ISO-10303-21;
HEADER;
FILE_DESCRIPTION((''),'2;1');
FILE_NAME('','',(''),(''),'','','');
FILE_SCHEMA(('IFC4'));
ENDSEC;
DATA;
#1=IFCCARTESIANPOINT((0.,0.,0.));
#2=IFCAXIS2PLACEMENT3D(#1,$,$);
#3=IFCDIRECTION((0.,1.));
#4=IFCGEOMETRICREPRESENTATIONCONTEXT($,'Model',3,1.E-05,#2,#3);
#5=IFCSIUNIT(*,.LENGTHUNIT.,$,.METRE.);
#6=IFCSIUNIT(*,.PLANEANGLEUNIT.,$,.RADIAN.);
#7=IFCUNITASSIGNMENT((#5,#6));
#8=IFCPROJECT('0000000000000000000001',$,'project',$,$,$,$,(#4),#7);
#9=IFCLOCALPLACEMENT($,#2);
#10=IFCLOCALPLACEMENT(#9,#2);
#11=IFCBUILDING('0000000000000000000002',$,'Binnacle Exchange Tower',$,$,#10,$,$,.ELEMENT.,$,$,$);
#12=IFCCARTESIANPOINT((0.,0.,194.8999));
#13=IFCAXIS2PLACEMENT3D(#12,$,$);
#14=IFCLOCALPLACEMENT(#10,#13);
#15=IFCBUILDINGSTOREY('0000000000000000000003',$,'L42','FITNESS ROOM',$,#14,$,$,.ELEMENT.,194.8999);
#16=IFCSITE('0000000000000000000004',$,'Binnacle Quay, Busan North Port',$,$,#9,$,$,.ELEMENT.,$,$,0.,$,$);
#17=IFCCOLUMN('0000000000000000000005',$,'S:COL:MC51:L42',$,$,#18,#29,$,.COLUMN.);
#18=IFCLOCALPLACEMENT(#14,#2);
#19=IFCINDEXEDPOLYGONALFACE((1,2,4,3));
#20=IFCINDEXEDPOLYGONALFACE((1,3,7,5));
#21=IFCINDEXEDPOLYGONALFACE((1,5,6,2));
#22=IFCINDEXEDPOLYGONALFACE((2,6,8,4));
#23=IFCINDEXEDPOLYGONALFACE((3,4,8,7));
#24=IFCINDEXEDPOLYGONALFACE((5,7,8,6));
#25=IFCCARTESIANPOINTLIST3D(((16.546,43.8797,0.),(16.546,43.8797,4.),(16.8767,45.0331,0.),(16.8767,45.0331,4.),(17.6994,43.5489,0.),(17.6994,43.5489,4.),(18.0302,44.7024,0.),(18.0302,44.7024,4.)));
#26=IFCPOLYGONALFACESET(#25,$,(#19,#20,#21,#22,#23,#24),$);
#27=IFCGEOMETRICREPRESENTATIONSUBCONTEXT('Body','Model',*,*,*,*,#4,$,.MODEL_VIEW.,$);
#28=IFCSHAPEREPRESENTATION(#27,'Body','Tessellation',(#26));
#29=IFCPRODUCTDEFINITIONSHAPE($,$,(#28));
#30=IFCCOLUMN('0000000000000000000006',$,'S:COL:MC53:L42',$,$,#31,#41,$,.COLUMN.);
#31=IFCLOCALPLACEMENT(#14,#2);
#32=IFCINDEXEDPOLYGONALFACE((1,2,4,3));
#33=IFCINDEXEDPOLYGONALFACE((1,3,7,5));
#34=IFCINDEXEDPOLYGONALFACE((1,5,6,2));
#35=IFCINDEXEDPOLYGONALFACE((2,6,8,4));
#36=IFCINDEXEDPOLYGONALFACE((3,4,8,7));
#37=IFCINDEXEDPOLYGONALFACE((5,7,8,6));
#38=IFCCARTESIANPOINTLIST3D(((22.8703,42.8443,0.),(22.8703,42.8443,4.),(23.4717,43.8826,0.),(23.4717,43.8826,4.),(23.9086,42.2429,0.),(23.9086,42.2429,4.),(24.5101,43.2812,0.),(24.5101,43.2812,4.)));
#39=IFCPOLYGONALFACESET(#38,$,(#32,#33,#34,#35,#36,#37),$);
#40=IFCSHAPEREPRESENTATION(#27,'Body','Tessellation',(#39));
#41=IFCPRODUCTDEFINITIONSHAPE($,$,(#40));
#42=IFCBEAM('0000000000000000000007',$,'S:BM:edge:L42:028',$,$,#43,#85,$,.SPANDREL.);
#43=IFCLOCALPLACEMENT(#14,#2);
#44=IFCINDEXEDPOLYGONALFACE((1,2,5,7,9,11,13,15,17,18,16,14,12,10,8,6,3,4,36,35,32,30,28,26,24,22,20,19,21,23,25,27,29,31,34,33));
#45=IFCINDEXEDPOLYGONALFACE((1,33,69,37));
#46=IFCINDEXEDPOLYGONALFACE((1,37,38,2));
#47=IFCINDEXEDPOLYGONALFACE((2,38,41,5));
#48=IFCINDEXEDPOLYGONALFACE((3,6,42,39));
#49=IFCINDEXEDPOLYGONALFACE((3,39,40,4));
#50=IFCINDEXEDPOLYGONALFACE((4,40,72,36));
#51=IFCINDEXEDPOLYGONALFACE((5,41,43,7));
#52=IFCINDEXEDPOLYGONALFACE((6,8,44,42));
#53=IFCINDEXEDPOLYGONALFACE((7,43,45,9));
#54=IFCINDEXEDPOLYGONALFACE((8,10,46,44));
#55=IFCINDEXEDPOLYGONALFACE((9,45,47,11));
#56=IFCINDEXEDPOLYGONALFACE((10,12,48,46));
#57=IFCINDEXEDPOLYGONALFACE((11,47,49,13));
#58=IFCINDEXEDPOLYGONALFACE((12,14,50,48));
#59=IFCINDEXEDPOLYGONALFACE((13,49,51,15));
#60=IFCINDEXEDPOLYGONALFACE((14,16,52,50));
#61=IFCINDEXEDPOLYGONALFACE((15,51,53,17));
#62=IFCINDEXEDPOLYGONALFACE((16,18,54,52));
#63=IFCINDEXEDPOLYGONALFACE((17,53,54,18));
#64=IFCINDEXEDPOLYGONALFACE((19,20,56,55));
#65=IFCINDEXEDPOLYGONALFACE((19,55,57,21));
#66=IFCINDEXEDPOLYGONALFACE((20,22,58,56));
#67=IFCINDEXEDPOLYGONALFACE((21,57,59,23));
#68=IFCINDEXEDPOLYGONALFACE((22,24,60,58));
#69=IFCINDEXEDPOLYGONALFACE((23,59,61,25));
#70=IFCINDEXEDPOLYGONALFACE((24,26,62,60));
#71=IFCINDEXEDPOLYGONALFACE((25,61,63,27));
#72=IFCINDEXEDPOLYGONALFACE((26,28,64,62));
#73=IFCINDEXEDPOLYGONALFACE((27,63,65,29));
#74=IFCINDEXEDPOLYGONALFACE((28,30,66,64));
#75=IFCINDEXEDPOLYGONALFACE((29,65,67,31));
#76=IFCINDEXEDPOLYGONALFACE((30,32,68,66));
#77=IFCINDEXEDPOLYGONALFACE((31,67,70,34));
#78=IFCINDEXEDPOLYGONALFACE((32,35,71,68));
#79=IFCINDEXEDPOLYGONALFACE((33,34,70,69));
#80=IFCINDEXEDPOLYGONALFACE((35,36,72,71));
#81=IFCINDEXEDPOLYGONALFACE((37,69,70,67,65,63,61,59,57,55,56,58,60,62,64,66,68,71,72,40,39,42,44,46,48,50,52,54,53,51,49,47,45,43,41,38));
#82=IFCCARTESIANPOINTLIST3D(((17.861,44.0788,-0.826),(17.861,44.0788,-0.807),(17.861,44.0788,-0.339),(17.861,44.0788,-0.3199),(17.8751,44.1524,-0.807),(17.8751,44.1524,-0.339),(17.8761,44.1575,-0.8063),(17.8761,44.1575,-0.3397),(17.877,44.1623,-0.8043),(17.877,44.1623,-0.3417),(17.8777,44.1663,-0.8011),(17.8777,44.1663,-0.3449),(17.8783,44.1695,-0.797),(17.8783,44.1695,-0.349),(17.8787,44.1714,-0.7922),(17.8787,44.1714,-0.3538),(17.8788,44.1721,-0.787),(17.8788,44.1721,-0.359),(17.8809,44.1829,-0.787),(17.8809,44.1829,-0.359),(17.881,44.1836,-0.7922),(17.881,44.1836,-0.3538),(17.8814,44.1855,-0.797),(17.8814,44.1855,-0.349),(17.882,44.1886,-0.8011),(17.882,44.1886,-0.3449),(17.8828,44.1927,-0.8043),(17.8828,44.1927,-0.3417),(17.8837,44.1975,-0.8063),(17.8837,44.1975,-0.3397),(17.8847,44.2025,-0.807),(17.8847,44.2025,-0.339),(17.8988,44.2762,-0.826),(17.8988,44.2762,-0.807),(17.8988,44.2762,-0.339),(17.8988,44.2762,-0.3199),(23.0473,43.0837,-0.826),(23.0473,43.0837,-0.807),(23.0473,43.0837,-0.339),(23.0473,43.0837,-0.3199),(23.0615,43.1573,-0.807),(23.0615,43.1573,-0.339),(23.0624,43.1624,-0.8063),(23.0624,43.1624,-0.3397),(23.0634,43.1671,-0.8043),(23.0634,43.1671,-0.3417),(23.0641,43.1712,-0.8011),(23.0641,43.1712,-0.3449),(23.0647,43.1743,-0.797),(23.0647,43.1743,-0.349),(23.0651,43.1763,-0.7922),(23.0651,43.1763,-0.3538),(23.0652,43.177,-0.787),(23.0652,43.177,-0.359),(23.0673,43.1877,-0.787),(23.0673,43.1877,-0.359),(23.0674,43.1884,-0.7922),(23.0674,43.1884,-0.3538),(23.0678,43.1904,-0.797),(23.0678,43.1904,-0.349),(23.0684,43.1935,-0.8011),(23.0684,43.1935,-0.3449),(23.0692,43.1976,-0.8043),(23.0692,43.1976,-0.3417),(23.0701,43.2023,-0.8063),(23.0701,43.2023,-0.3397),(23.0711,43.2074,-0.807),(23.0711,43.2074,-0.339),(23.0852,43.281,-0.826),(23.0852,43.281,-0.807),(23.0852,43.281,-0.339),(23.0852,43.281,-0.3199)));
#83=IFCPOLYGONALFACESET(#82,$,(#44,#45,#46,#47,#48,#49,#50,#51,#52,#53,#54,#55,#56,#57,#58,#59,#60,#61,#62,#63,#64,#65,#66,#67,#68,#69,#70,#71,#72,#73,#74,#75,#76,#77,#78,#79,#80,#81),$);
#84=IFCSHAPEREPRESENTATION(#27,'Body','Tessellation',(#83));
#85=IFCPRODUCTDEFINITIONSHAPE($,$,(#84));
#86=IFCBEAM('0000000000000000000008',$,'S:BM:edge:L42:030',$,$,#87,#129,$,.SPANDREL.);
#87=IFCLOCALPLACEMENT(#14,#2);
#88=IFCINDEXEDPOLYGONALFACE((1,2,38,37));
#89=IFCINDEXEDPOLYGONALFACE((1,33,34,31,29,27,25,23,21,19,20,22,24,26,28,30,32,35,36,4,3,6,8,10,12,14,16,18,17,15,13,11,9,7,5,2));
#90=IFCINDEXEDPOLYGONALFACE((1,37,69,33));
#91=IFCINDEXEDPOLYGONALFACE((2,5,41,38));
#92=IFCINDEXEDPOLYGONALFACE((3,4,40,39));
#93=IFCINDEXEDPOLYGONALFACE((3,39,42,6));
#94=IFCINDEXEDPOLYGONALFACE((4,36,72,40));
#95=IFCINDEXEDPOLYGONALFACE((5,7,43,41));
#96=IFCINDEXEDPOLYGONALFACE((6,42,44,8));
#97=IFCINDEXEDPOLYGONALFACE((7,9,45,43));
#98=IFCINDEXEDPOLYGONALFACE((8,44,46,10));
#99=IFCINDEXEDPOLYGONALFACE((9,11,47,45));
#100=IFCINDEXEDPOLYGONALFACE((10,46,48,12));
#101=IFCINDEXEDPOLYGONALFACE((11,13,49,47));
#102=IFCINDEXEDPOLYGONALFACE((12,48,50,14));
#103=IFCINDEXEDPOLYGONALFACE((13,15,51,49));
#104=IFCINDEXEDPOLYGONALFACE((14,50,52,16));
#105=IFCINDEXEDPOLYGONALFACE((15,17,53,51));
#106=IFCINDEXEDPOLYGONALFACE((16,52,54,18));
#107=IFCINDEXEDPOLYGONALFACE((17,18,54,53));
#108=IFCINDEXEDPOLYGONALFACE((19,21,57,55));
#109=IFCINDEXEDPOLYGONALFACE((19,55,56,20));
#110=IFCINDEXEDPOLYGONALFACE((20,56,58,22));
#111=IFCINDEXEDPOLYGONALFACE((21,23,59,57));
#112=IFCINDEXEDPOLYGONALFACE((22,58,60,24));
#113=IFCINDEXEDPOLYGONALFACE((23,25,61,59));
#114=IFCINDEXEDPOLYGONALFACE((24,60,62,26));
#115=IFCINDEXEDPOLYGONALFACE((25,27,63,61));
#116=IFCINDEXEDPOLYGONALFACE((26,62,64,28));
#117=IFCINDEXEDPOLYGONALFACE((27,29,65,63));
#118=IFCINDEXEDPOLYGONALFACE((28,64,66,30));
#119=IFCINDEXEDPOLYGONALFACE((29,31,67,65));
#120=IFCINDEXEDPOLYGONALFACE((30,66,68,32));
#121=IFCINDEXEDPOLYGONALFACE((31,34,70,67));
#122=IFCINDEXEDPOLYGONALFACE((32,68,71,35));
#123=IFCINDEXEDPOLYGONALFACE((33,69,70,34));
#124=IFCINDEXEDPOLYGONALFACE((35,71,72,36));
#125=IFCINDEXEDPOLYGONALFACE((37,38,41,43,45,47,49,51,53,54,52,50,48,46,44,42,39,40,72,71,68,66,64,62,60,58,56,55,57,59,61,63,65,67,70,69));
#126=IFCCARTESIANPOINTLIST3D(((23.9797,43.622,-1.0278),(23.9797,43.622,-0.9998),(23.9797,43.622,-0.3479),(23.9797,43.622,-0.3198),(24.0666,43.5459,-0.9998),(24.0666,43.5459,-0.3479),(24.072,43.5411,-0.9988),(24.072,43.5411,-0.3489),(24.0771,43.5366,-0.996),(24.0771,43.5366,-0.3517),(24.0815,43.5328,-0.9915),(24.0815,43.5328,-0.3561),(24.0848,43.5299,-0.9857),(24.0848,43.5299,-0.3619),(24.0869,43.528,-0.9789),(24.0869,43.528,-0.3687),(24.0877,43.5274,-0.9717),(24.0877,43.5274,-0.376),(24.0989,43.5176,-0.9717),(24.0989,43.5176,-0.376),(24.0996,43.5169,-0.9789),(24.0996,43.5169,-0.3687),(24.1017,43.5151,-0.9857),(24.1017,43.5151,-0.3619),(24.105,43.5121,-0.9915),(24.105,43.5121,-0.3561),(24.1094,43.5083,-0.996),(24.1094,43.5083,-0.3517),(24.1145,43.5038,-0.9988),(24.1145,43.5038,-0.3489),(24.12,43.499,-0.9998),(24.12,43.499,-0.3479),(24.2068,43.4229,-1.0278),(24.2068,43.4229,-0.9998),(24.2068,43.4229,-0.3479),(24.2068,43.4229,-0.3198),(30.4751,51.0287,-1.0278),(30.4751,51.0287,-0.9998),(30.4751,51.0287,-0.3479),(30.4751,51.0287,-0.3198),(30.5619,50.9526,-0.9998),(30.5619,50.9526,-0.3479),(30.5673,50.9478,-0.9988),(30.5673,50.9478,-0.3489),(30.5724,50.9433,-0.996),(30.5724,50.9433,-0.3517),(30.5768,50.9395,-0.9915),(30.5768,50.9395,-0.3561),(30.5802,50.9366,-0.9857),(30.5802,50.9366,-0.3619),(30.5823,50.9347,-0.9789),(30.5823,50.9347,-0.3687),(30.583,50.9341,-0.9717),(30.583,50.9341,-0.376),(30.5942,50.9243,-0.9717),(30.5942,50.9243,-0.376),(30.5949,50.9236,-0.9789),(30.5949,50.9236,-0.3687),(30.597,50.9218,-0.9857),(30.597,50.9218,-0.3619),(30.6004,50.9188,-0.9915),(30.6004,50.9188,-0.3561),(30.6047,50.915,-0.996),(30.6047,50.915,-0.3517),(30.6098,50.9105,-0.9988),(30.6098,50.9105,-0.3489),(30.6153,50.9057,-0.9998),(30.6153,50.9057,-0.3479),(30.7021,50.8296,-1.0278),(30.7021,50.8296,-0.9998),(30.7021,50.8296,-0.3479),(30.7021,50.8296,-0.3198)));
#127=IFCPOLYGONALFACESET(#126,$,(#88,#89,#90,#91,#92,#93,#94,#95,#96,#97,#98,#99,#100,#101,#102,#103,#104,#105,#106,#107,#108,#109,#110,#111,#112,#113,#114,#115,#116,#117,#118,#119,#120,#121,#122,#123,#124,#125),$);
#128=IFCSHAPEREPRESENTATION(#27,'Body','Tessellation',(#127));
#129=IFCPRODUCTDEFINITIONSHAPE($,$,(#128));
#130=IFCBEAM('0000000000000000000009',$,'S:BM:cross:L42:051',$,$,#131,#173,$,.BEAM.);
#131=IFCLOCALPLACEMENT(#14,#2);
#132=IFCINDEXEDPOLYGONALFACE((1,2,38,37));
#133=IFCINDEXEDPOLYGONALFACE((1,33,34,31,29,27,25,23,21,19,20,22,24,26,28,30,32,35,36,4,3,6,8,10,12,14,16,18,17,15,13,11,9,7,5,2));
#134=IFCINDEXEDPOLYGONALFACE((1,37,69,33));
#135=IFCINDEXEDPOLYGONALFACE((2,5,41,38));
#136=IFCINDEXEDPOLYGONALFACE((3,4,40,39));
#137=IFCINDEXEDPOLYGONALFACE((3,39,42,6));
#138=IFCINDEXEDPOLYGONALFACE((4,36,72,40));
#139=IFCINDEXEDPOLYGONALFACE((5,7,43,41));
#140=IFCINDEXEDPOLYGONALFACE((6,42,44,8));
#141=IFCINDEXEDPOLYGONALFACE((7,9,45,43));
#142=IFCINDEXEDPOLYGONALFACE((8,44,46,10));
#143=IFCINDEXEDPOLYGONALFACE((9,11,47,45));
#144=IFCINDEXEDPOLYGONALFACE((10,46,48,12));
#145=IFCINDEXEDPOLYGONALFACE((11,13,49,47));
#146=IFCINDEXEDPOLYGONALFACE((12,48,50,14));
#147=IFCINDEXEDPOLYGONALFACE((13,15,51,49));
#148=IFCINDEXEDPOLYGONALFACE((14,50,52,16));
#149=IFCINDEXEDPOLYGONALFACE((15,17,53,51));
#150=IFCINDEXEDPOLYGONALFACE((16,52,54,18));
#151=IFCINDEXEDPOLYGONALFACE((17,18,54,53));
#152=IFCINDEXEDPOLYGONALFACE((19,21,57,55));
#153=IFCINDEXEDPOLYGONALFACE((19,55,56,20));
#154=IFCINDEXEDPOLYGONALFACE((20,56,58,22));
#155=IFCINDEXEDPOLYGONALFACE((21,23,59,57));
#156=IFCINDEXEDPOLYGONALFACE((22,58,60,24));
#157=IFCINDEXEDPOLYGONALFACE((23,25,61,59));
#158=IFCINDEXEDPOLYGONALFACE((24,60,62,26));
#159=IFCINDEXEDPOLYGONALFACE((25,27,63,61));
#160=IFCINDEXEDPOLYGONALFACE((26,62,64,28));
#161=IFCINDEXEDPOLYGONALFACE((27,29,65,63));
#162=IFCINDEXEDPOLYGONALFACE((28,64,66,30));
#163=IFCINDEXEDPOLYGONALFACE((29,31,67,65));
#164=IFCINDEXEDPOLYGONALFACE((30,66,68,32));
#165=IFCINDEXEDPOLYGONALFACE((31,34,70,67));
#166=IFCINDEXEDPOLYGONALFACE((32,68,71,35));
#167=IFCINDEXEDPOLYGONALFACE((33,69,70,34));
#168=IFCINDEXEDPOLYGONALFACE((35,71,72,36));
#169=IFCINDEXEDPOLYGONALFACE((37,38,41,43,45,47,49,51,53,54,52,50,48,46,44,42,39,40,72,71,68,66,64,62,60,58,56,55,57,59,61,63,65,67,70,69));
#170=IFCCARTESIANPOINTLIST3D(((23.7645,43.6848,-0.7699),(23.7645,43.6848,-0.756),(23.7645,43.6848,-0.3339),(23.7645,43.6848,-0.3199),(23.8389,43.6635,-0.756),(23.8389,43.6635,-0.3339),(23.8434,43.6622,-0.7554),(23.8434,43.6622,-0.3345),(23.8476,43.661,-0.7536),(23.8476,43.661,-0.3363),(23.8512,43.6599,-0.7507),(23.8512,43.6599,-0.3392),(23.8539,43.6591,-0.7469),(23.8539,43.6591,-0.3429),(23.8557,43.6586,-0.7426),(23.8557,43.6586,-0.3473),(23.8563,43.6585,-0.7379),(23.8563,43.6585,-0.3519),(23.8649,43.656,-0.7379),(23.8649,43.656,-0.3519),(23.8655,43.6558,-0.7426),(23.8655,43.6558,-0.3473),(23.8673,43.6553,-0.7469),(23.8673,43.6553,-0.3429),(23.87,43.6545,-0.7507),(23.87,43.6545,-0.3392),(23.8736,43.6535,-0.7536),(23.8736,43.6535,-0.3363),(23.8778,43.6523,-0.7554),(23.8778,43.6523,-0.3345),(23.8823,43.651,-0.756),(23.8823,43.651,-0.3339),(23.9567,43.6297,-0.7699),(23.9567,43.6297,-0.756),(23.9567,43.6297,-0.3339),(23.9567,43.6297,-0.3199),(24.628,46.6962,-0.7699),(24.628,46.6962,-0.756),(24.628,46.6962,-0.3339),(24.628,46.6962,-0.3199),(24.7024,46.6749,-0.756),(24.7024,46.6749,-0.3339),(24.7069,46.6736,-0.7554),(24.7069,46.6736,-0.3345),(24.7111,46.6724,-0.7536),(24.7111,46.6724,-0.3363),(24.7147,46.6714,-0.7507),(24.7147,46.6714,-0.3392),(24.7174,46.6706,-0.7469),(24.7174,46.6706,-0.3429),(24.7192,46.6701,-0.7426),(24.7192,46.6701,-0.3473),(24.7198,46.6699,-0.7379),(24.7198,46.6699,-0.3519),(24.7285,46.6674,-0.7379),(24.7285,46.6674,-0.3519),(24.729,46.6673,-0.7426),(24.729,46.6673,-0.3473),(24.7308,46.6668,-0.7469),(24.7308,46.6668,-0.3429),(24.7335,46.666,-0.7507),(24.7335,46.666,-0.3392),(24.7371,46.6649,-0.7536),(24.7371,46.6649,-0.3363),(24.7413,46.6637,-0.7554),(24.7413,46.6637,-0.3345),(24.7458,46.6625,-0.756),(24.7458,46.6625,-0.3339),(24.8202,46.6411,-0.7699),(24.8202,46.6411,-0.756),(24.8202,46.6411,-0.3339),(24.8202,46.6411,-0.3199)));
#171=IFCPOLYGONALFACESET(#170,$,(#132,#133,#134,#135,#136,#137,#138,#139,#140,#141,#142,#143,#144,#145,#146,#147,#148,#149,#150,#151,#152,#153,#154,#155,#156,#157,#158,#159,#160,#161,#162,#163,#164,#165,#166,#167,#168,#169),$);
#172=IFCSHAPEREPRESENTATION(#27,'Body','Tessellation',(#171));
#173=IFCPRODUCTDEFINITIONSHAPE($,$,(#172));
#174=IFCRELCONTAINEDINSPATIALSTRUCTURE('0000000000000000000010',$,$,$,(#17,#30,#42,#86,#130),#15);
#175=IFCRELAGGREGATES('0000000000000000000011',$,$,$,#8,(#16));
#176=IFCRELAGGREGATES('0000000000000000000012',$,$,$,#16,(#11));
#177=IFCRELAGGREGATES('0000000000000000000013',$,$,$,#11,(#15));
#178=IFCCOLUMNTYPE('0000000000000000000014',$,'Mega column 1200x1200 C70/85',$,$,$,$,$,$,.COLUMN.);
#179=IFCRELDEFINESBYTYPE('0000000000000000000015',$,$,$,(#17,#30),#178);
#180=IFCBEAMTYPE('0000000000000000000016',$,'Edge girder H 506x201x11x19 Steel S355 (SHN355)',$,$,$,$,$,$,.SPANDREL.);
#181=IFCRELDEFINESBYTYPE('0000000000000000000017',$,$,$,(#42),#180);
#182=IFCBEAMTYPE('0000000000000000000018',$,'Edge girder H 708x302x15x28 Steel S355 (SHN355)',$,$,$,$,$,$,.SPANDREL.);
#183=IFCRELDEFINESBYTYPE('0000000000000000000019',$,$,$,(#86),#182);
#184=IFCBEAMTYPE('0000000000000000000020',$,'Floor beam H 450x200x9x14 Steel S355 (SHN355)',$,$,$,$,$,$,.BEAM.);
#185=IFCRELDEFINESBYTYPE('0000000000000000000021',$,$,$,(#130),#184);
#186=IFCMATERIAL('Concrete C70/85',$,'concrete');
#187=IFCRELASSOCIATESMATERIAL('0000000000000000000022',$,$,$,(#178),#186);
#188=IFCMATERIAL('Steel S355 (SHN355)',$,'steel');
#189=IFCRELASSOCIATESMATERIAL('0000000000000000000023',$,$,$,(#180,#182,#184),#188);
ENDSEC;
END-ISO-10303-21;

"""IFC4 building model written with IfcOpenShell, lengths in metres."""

from ifc_helpers import new_model, si_unit, direction, frame, origin, origin_2d, place, context, subcontext, project, spatial, rectangle, i_section, extrude, material, material_profile, profile_set, type_object, element, save


model = new_model("IFC4")

# Units and contexts
model_context = context("Model", 3, precision=1e-05, world=origin(), true_north=direction((0.0, 1.0)))
body_context = subcontext(model_context, "Body", "Model", "MODEL_VIEW")
ifc_project = project(units=[si_unit("LENGTHUNIT", "METRE"), si_unit("PLANEANGLEUNIT", "RADIAN")], contexts=[model_context])

# Site, building, storey
site_placement = place(None, origin())
site = spatial("IfcSite", under=ifc_project, at=site_placement, Name="Binnacle Quay, Busan North Port", CompositionType="ELEMENT", RefElevation=0.0)
building_placement = place(site_placement, origin())
building = spatial("IfcBuilding", under=site, at=building_placement, Name="Binnacle Exchange Tower", CompositionType="ELEMENT")
storey_placement = place(building_placement, frame((0.0, 0.0, 194.8999)))
storey = spatial("IfcBuildingStorey", under=building, at=storey_placement, Name="L42", Description="FITNESS ROOM", CompositionType="ELEMENT", Elevation=194.8999)

# Columns
ifc_material_1 = material(Name="Concrete C70/85", Category="concrete")
ifc_material_profile_1 = material_profile(ifc_material_1, rectangle(XDim=1.2, YDim=1.2, at=origin_2d()), Name="Mega column 1200x1200 C70/85")
ifc_profile_set_1 = profile_set([ifc_material_profile_1], Name="Concrete C70/85")
column_type = type_object("IfcColumnType", Name="Mega column 1200x1200 C70/85", PredefinedType="COLUMN", material=ifc_profile_set_1)
for number, where, z_axis, x_axis, name in (
    (1, (17.2881, 44.291, 0.0), (0.0, 0.0, 1.0), (0.961262, -0.275637, 0.0), "S:COL:MC51:L42"),
    (2, (23.6902, 43.0627, 0.0), (0.0, 0.0, 1.0), (-0.865326, 0.501209, 0.0), "S:COL:MC53:L42"),
):
    element("IfcColumn", number, at=place(storey_placement, frame(where, z_axis=z_axis, x_axis=x_axis)), inside=storey, type_object=column_type, Name=name, PredefinedType="COLUMN", context=body_context, shape_type="SweptSolid", body=[
        extrude(rectangle(XDim=1.2, YDim=1.2, at=origin_2d()), origin(), (0.0, 0.0, 1.0), 4.0),
    ])

# Beams
ifc_material_2 = material(Name="Steel S355 (SHN355)", Category="steel")
ifc_material_profile_2 = material_profile(ifc_material_2, i_section(OverallWidth=0.2009, OverallDepth=0.5061, WebThickness=0.011, FlangeThickness=0.019, FilletRadius=0.02, at=origin_2d()), Name="H 506x201x11x19")
ifc_profile_set_2 = profile_set([ifc_material_profile_2], Name="Steel S355 (SHN355)")
beam_type_1 = type_object("IfcBeamType", Name="Edge girder H 506x201x11x19 Steel S355 (SHN355)", PredefinedType="SPANDREL", material=ifc_profile_set_2)
beam_1_placement = place(storey_placement, frame((17.8799, 44.1775, -0.573), z_axis=(0.982085, -0.188438, 0.0), x_axis=(0.188438, 0.982085, 0.0)))
element("IfcBeam", 3, at=beam_1_placement, inside=storey, type_object=beam_type_1, Name="S:BM:edge:L42:028", PredefinedType="SPANDREL", context=body_context, shape_type="SweptSolid", body=[
    extrude(i_section(OverallWidth=0.2009, OverallDepth=0.5061, WebThickness=0.011, FlangeThickness=0.019, FilletRadius=0.02, at=origin_2d()), origin(), (0.0, 0.0, 1.0), 5.281),
])
ifc_material_profile_3 = material_profile(ifc_material_2, i_section(OverallWidth=0.302, OverallDepth=0.708, WebThickness=0.0149, FlangeThickness=0.0281, FilletRadius=0.0281, at=origin_2d()), Name="H 708x302x15x28")
ifc_profile_set_3 = profile_set([ifc_material_profile_3], Name="Steel S355 (SHN355)")
beam_type_2 = type_object("IfcBeamType", Name="Edge girder H 708x302x15x28 Steel S355 (SHN355)", PredefinedType="SPANDREL", material=ifc_profile_set_3)
beam_2_placement = place(storey_placement, frame((24.0933, 43.5225, -0.6738), z_axis=(0.659336, 0.751849, 0.0), x_axis=(-0.751849, 0.659336, 0.0)))
element("IfcBeam", 4, at=beam_2_placement, inside=storey, type_object=beam_type_2, Name="S:BM:edge:L42:030", PredefinedType="SPANDREL", context=body_context, shape_type="SweptSolid", body=[
    extrude(i_section(OverallWidth=0.302, OverallDepth=0.708, WebThickness=0.0149, FlangeThickness=0.0281, FilletRadius=0.0281, at=origin_2d()), origin(), (0.0, 0.0, 1.0), 9.8513),
])
ifc_material_profile_4 = material_profile(ifc_material_2, i_section(OverallWidth=0.2, OverallDepth=0.45, WebThickness=0.009, FlangeThickness=0.0139, FilletRadius=0.0181, at=origin_2d()), Name="H 450x200x9x14")
ifc_profile_set_4 = profile_set([ifc_material_profile_4], Name="Steel S355 (SHN355)")
beam_type_3 = type_object("IfcBeamType", Name="Floor beam H 450x200x9x14 Steel S355 (SHN355)", PredefinedType="BEAM", material=ifc_profile_set_4)
beam_3_placement = place(storey_placement, frame((23.8606, 43.6572, -0.5449), z_axis=(0.275637, 0.961262, 0.0), x_axis=(-0.961262, 0.275637, 0.0)))
element("IfcBeam", 5, at=beam_3_placement, inside=storey, type_object=beam_type_3, Name="S:BM:cross:L42:051", PredefinedType="BEAM", context=body_context, shape_type="SweptSolid", body=[
    extrude(i_section(OverallWidth=0.2, OverallDepth=0.45, WebThickness=0.009, FlangeThickness=0.0139, FilletRadius=0.0181, at=origin_2d()), origin(), (0.0, 0.0, 1.0), 3.1328),
])

save(model, "model.ifc")
